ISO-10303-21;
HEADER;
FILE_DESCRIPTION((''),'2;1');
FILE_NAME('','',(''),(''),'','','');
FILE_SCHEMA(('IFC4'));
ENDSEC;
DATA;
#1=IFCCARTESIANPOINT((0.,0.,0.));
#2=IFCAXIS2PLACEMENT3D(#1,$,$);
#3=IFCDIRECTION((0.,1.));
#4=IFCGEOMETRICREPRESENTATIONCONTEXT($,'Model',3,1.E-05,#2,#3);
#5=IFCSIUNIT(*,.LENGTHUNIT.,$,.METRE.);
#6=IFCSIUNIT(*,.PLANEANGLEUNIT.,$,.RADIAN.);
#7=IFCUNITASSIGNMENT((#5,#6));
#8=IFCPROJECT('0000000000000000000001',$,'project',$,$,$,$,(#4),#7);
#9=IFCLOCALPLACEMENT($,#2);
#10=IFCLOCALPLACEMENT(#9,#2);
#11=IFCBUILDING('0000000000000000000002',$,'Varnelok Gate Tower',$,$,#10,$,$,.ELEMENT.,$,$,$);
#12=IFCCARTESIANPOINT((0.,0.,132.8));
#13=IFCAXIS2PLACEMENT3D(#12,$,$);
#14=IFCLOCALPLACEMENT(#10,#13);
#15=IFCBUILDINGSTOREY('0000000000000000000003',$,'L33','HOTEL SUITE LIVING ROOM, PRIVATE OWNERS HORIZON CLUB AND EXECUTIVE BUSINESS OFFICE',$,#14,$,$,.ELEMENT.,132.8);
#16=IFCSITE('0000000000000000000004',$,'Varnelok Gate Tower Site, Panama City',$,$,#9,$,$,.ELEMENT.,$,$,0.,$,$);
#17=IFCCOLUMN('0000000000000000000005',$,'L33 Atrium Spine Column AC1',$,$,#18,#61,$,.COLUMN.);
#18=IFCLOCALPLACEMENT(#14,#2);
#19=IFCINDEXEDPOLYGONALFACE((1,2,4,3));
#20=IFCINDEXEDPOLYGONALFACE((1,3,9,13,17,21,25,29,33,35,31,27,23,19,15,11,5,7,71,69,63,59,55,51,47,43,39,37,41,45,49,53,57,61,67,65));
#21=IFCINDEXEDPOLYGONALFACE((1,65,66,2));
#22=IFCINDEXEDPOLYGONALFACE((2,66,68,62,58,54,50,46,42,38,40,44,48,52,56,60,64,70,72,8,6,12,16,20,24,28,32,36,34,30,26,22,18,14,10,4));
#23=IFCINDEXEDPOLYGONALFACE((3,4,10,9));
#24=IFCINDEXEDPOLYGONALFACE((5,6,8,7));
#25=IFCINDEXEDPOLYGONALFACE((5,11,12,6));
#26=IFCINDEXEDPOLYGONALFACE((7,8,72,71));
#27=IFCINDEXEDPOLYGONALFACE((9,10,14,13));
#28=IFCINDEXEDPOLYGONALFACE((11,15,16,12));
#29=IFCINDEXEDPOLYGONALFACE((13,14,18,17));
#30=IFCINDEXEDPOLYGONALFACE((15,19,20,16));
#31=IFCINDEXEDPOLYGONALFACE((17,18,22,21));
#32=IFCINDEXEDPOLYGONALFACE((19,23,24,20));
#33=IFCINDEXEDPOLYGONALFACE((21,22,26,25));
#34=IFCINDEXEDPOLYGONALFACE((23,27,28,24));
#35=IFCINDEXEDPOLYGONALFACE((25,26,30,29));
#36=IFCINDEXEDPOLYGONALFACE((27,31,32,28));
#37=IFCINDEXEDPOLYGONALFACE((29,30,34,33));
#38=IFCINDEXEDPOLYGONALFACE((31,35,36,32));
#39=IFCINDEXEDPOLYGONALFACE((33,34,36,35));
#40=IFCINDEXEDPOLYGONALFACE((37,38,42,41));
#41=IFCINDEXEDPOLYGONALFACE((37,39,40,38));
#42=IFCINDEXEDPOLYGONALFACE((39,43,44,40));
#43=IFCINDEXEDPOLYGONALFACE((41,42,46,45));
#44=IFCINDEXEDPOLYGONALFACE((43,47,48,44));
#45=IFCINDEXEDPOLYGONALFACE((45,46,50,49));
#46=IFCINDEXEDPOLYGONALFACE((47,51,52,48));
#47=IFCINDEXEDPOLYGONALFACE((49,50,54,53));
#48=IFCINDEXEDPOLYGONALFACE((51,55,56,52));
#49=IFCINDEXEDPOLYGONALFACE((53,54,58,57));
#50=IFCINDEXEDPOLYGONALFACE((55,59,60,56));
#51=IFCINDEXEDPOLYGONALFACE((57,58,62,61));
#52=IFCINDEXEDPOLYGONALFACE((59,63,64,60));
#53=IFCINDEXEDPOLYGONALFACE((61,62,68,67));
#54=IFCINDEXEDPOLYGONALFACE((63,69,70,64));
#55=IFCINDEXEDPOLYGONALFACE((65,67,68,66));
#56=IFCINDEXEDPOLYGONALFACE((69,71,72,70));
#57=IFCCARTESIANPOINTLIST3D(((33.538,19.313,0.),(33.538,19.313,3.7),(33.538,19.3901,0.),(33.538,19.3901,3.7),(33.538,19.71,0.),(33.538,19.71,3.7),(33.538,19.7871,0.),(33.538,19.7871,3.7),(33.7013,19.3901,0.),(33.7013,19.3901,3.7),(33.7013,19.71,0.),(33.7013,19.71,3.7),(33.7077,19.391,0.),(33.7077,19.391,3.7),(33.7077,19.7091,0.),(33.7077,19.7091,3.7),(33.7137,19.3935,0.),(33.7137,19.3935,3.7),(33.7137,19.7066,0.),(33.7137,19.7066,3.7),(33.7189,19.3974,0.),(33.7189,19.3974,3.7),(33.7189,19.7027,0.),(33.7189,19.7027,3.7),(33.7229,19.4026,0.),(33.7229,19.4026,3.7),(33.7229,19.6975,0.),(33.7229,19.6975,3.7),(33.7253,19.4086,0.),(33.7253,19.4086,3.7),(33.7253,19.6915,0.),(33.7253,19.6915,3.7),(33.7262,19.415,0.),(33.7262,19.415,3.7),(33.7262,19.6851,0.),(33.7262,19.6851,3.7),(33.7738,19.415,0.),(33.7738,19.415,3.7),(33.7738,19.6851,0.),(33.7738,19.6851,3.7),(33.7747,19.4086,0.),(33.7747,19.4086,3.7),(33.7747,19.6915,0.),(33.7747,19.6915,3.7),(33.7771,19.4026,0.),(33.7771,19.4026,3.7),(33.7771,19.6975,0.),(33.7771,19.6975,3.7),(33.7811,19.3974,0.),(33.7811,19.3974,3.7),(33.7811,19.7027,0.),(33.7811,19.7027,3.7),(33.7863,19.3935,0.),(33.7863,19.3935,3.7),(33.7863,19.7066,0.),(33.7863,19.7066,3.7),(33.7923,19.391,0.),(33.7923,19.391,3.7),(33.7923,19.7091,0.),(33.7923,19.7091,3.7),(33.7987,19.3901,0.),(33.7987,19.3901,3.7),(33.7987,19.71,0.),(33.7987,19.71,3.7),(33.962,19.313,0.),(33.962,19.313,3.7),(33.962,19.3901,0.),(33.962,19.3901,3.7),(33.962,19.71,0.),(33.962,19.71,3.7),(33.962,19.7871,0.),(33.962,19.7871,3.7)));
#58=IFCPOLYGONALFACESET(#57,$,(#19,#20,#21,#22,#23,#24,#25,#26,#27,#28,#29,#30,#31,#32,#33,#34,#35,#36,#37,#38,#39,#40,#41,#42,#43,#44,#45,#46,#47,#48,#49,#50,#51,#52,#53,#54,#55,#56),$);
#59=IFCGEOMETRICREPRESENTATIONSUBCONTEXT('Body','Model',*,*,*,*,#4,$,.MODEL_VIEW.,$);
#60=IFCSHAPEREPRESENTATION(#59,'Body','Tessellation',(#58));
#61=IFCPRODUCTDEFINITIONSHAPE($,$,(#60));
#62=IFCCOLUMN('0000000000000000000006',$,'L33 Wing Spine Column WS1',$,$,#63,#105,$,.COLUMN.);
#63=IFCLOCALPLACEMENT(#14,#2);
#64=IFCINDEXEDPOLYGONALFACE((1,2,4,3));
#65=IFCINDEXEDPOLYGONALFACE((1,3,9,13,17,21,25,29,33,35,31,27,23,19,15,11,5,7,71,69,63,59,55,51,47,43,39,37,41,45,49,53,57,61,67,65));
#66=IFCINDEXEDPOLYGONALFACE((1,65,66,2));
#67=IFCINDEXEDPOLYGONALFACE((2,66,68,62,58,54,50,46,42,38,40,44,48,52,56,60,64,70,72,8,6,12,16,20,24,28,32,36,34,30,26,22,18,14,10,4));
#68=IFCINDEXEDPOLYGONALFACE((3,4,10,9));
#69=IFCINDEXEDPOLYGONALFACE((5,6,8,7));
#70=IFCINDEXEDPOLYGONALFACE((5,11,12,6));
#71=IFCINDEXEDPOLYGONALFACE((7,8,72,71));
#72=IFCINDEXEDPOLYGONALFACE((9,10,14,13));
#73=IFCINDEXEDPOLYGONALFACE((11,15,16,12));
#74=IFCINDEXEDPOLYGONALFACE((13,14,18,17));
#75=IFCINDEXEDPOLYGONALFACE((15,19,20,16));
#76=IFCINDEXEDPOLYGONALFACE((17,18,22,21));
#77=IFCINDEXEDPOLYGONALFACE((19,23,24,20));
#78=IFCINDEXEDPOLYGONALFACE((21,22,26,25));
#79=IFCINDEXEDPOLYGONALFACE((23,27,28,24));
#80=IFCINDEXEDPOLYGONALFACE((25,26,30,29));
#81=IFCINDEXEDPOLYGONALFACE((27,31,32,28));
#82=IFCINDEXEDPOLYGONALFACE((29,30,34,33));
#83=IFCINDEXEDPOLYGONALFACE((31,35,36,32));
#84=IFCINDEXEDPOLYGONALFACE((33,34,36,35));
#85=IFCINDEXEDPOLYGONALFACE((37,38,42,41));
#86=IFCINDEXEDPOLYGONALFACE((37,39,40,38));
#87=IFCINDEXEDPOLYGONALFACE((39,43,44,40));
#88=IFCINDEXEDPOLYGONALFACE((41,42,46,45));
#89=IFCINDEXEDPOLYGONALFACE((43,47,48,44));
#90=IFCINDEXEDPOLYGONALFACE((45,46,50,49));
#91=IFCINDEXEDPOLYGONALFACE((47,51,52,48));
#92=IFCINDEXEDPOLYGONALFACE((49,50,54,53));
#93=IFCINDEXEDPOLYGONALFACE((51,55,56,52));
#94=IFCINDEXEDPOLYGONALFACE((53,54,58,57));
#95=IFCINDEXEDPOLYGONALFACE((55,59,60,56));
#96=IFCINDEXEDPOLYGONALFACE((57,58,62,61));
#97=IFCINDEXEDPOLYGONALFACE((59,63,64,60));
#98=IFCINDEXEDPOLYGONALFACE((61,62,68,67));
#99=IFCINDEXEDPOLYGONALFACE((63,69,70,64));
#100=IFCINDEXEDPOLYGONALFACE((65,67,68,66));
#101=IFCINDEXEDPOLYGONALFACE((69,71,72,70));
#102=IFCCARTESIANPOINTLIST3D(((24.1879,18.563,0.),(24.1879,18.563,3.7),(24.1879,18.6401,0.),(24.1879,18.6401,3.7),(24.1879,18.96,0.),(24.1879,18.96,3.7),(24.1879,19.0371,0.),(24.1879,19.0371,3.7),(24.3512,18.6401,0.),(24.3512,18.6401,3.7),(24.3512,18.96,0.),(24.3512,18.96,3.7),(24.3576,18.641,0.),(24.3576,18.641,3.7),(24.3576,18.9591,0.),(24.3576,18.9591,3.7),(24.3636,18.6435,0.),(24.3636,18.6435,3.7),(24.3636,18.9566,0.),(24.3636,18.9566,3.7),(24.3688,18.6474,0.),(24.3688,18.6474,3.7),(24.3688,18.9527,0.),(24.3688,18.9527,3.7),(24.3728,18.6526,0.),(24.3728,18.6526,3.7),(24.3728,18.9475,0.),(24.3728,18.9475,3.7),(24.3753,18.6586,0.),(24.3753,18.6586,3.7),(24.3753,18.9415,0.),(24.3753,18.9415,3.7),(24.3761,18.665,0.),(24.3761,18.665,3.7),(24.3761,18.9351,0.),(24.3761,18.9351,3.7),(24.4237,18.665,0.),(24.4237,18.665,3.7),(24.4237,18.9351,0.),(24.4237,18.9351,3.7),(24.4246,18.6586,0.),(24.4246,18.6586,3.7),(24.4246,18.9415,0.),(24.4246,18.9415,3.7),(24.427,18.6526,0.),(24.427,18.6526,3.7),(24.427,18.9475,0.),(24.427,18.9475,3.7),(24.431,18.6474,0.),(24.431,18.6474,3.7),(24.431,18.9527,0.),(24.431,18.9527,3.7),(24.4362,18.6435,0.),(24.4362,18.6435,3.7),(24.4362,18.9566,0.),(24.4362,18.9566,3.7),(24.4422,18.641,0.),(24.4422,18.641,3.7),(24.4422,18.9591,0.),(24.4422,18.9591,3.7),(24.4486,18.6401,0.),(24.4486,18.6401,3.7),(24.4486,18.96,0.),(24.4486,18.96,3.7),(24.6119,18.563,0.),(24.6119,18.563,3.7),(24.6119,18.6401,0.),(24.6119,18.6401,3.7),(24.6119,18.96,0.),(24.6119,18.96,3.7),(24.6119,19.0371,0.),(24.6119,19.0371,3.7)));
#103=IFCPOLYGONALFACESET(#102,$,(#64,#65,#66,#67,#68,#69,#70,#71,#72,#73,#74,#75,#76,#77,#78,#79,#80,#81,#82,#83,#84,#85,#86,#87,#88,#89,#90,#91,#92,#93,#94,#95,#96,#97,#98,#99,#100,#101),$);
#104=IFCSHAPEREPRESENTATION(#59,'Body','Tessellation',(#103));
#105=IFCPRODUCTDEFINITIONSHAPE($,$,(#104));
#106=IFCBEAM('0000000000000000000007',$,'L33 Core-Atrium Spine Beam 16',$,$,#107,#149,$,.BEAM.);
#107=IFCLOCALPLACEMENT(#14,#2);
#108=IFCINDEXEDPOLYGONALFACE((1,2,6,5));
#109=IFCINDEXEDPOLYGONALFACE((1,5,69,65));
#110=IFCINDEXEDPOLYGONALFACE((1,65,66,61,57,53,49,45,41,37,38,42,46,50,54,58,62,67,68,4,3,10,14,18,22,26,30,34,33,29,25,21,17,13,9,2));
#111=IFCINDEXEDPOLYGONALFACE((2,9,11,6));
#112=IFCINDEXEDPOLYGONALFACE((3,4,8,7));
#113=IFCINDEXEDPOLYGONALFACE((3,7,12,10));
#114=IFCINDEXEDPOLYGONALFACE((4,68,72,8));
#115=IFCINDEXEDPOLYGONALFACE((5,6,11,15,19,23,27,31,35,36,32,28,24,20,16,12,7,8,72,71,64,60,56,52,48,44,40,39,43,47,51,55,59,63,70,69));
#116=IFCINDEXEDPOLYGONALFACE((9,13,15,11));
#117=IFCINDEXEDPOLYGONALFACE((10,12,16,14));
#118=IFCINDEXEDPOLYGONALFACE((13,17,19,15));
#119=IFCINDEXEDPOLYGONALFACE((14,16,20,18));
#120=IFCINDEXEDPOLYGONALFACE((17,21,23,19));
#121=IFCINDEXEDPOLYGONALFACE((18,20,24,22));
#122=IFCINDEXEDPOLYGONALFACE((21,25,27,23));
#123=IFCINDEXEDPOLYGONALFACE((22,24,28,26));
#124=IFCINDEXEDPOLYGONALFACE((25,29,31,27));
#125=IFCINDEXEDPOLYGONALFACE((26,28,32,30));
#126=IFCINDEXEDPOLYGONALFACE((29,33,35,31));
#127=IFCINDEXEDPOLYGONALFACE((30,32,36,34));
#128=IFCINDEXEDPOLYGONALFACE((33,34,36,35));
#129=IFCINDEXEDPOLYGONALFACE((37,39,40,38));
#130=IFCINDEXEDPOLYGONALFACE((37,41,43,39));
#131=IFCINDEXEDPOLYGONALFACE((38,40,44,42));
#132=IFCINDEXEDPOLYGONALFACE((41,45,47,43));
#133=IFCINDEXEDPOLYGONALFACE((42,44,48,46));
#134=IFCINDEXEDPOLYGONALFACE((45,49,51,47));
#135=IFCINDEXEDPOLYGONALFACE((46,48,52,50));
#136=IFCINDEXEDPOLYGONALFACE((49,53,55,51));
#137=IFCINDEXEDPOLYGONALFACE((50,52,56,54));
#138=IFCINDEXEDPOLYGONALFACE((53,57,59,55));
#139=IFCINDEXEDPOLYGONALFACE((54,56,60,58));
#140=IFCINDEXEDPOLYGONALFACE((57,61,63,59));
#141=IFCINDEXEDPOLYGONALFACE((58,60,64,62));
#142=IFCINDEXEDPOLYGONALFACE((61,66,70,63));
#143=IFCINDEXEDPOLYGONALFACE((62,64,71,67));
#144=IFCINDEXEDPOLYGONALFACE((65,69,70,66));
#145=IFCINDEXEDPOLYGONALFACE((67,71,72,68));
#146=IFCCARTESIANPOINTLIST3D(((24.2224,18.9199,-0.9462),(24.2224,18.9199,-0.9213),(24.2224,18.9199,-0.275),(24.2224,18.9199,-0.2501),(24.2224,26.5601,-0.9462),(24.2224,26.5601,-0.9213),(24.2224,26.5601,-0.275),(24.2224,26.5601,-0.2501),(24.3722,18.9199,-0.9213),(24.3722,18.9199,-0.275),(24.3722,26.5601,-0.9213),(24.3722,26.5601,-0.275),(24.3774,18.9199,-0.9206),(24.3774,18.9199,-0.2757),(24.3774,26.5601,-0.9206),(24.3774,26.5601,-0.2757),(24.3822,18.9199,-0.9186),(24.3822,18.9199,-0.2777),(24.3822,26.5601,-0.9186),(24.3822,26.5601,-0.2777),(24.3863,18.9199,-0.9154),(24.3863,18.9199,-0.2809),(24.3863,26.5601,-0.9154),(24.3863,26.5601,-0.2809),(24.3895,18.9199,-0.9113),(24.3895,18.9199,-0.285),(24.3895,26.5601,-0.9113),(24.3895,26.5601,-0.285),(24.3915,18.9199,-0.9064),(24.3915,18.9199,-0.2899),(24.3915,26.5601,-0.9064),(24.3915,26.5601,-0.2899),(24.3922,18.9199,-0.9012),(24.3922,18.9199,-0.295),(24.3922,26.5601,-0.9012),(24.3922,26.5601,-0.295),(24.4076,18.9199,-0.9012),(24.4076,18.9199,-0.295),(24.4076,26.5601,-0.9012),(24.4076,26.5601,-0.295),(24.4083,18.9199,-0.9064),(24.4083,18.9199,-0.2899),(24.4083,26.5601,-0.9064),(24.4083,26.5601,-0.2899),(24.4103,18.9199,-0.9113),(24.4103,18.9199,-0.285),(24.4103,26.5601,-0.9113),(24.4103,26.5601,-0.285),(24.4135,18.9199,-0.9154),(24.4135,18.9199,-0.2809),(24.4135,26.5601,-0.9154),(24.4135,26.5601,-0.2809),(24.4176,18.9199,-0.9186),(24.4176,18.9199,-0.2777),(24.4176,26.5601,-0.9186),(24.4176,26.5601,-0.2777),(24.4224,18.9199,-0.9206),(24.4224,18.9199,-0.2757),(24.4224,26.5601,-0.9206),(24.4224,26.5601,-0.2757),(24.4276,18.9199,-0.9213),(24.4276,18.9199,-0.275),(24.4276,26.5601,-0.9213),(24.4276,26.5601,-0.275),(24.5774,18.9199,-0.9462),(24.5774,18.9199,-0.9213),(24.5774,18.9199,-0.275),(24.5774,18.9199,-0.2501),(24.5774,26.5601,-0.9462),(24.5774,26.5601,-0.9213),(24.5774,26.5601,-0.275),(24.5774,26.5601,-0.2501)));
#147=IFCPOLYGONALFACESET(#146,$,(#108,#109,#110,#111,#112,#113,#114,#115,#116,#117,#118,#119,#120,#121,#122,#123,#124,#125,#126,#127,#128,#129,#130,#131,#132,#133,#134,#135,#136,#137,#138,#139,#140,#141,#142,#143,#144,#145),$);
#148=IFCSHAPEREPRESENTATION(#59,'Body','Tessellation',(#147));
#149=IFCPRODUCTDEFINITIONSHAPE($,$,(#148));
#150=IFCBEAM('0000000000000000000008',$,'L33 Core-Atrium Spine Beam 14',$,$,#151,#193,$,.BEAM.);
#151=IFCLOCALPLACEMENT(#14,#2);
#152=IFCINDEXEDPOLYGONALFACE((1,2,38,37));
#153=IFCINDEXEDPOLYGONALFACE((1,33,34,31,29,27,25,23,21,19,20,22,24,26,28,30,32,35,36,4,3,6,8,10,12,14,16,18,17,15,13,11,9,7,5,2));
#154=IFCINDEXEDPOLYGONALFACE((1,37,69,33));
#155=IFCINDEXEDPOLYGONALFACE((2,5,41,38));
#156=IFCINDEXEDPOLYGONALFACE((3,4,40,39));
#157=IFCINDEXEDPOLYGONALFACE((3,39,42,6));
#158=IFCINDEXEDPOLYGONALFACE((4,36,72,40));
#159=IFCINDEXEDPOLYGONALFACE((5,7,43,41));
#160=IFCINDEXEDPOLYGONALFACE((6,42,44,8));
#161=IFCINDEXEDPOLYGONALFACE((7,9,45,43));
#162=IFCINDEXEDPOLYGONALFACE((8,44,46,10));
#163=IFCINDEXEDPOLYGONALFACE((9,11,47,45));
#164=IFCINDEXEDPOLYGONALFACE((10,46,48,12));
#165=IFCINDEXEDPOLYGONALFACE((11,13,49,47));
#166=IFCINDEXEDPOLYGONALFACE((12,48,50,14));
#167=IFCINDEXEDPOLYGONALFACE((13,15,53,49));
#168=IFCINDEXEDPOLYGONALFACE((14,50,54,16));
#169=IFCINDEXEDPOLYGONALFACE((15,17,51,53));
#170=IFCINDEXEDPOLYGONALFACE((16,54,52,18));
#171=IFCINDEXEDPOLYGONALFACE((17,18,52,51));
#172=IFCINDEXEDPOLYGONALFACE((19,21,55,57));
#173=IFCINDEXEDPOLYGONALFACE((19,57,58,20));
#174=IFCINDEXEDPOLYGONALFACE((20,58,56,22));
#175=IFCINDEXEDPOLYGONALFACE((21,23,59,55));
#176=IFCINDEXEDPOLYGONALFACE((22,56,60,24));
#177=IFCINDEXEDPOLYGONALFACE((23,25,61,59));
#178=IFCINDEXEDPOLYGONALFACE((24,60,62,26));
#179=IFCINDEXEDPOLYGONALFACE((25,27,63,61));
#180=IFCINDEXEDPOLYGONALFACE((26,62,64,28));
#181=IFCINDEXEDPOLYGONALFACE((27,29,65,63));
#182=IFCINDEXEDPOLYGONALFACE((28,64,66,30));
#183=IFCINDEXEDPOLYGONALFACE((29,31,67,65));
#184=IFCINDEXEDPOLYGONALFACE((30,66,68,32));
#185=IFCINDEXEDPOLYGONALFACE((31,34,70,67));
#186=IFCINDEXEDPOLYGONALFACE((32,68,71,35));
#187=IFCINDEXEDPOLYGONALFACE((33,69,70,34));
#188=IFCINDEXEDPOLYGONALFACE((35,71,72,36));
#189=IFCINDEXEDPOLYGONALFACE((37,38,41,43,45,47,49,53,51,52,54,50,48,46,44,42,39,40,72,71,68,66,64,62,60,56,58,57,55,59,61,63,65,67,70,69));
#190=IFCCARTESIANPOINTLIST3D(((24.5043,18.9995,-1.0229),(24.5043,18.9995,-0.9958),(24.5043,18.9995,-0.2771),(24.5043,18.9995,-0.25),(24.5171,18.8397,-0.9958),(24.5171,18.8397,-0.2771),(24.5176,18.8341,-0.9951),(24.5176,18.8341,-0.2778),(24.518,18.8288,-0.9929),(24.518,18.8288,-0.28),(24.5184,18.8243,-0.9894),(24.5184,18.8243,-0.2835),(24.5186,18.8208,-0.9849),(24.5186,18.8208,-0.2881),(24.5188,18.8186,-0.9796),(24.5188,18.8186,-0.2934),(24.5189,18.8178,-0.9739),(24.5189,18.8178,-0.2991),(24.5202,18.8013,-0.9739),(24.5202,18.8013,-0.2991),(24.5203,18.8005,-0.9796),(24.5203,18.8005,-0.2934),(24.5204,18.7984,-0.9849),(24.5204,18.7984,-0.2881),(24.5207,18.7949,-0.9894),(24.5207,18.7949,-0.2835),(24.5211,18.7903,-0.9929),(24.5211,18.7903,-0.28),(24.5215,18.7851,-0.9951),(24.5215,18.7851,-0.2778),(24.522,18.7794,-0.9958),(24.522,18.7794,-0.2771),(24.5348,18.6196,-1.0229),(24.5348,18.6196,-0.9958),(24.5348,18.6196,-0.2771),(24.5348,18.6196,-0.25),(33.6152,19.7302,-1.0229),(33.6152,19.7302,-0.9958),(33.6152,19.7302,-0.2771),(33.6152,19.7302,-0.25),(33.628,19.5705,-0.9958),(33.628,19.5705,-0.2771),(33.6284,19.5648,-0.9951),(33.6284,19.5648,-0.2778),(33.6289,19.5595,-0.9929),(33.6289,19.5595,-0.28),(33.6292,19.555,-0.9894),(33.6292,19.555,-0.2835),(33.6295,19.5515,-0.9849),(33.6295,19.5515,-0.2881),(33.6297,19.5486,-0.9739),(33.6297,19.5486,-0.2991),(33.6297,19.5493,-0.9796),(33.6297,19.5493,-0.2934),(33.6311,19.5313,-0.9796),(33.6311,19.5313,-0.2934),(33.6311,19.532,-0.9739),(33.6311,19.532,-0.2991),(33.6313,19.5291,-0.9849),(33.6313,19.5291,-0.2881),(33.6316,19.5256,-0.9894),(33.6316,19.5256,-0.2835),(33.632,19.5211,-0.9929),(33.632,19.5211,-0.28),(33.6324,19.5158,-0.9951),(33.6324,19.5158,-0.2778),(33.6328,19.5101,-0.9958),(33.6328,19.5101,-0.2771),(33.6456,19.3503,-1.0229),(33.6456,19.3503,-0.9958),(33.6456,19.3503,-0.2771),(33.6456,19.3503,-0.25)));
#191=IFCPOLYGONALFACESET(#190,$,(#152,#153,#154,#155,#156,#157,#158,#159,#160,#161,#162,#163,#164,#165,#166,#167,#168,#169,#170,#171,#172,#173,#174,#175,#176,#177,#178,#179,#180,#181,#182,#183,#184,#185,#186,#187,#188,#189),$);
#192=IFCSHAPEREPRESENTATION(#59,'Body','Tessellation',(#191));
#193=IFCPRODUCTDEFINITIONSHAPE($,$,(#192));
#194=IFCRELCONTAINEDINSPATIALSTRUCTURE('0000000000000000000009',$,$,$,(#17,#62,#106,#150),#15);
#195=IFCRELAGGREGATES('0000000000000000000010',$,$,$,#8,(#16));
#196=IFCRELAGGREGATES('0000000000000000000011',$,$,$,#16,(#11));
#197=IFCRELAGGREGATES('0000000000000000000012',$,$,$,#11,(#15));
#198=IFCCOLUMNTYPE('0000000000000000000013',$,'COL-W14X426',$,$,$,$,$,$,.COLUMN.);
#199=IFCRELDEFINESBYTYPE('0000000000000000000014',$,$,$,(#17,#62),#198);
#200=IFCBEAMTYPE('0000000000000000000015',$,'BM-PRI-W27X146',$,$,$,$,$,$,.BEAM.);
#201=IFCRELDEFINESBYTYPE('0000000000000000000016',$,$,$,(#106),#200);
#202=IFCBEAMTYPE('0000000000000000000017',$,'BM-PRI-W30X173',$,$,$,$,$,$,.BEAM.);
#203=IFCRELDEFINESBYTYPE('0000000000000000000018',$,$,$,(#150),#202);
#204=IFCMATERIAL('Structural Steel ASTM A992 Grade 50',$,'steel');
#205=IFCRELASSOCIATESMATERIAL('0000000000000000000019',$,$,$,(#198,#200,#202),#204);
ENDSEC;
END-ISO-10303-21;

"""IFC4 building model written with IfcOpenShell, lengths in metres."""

from ifc_helpers import new_model, si_unit, direction, frame, origin, origin_2d, place, context, subcontext, project, spatial, i_section, extrude, material, material_profile, profile_set, type_object, element, save


model = new_model("IFC4")

# Units and contexts
model_context = context("Model", 3, precision=1e-05, world=origin(), true_north=direction((0.0, 1.0)))
body_context = subcontext(model_context, "Body", "Model", "MODEL_VIEW")
ifc_project = project(units=[si_unit("LENGTHUNIT", "METRE"), si_unit("PLANEANGLEUNIT", "RADIAN")], contexts=[model_context])

# Site, building, storey
site_placement = place(None, origin())
site = spatial("IfcSite", under=ifc_project, at=site_placement, Name="Varnelok Gate Tower Site, Panama City", CompositionType="ELEMENT", RefElevation=0.0)
building_placement = place(site_placement, origin())
building = spatial("IfcBuilding", under=site, at=building_placement, Name="Varnelok Gate Tower", CompositionType="ELEMENT")
storey_placement = place(building_placement, frame((0.0, 0.0, 132.8)))
storey = spatial("IfcBuildingStorey", under=building, at=storey_placement, Name="L33", Description="HOTEL SUITE LIVING ROOM, PRIVATE OWNERS HORIZON CLUB AND EXECUTIVE BUSINESS OFFICE", CompositionType="ELEMENT", Elevation=132.8)

# Columns
ifc_material_1 = material(Name="Structural Steel ASTM A992 Grade 50", Category="steel")
ifc_material_profile_1 = material_profile(ifc_material_1, i_section(OverallWidth=0.4241, OverallDepth=0.4741, WebThickness=0.0476, FlangeThickness=0.0771, FilletRadius=0.0249, at=origin_2d()), Name="W14X426")
ifc_profile_set_1 = profile_set([ifc_material_profile_1], Name="Structural Steel ASTM A992 Grade 50")
column_type = type_object("IfcColumnType", Name="COL-W14X426", PredefinedType="COLUMN", material=ifc_profile_set_1)
for number, where, z_axis, x_axis, name in (
    (1, (33.75, 19.55, 0.0), (0.0, 0.0, 1.0), (1.0, 0.0, 0.0), "L33 Atrium Spine Column AC1"),
    (2, (24.3999, 18.8, 0.0), (0.0, 0.0, 1.0), (1.0, 0.0, 0.0), "L33 Wing Spine Column WS1"),
):
    element("IfcColumn", number, at=place(storey_placement, frame(where, z_axis=z_axis, x_axis=x_axis)), inside=storey, type_object=column_type, Name=name, PredefinedType="COLUMN", context=body_context, shape_type="SweptSolid", body=[
        extrude(i_section(OverallWidth=0.4241, OverallDepth=0.4741, WebThickness=0.0476, FlangeThickness=0.0771, FilletRadius=0.0249, at=origin_2d()), origin(), (0.0, 0.0, 1.0), 3.7),
    ])

# Beams
ifc_material_profile_2 = material_profile(ifc_material_1, i_section(OverallWidth=0.355, OverallDepth=0.696, WebThickness=0.0154, FlangeThickness=0.0249, FilletRadius=0.02, at=origin_2d()), Name="W27X146")
ifc_profile_set_2 = profile_set([ifc_material_profile_2], Name="Structural Steel ASTM A992 Grade 50")
beam_type_1 = type_object("IfcBeamType", Name="BM-PRI-W27X146", PredefinedType="BEAM", material=ifc_profile_set_2)
beam_1_placement = place(storey_placement, frame((24.3999, 18.9199, -0.5981), z_axis=(0.0, 1.0, 0.0), x_axis=(-1.0, 0.0, 0.0)))
element("IfcBeam", 3, at=beam_1_placement, inside=storey, type_object=beam_type_1, Name="L33 Core-Atrium Spine Beam 16", PredefinedType="BEAM", context=body_context, shape_type="SweptSolid", body=[
    extrude(i_section(OverallWidth=0.355, OverallDepth=0.696, WebThickness=0.0154, FlangeThickness=0.0249, FilletRadius=0.02, at=origin_2d()), origin(), (0.0, 0.0, 1.0), 7.6401),
])
ifc_material_profile_3 = material_profile(ifc_material_1, i_section(OverallWidth=0.3811, OverallDepth=0.7729, WebThickness=0.0166, FlangeThickness=0.0271, FilletRadius=0.022, at=origin_2d()), Name="W30X173")
ifc_profile_set_3 = profile_set([ifc_material_profile_3], Name="Structural Steel ASTM A992 Grade 50")
beam_type_2 = type_object("IfcBeamType", Name="BM-PRI-W30X173", PredefinedType="BEAM", material=ifc_profile_set_3)
beam_2_placement = place(storey_placement, frame((24.5195, 18.8096, -0.6365), z_axis=(0.996799, 0.079946, 0.0), x_axis=(-0.079946, 0.996799, 0.0)))
element("IfcBeam", 4, at=beam_2_placement, inside=storey, type_object=beam_type_2, Name="L33 Core-Atrium Spine Beam 14", PredefinedType="BEAM", context=body_context, shape_type="SweptSolid", body=[
    extrude(i_section(OverallWidth=0.3811, OverallDepth=0.7729, WebThickness=0.0166, FlangeThickness=0.0271, FilletRadius=0.022, at=origin_2d()), origin(), (0.0, 0.0, 1.0), 9.1401),
])

save(model, "model.ifc")
